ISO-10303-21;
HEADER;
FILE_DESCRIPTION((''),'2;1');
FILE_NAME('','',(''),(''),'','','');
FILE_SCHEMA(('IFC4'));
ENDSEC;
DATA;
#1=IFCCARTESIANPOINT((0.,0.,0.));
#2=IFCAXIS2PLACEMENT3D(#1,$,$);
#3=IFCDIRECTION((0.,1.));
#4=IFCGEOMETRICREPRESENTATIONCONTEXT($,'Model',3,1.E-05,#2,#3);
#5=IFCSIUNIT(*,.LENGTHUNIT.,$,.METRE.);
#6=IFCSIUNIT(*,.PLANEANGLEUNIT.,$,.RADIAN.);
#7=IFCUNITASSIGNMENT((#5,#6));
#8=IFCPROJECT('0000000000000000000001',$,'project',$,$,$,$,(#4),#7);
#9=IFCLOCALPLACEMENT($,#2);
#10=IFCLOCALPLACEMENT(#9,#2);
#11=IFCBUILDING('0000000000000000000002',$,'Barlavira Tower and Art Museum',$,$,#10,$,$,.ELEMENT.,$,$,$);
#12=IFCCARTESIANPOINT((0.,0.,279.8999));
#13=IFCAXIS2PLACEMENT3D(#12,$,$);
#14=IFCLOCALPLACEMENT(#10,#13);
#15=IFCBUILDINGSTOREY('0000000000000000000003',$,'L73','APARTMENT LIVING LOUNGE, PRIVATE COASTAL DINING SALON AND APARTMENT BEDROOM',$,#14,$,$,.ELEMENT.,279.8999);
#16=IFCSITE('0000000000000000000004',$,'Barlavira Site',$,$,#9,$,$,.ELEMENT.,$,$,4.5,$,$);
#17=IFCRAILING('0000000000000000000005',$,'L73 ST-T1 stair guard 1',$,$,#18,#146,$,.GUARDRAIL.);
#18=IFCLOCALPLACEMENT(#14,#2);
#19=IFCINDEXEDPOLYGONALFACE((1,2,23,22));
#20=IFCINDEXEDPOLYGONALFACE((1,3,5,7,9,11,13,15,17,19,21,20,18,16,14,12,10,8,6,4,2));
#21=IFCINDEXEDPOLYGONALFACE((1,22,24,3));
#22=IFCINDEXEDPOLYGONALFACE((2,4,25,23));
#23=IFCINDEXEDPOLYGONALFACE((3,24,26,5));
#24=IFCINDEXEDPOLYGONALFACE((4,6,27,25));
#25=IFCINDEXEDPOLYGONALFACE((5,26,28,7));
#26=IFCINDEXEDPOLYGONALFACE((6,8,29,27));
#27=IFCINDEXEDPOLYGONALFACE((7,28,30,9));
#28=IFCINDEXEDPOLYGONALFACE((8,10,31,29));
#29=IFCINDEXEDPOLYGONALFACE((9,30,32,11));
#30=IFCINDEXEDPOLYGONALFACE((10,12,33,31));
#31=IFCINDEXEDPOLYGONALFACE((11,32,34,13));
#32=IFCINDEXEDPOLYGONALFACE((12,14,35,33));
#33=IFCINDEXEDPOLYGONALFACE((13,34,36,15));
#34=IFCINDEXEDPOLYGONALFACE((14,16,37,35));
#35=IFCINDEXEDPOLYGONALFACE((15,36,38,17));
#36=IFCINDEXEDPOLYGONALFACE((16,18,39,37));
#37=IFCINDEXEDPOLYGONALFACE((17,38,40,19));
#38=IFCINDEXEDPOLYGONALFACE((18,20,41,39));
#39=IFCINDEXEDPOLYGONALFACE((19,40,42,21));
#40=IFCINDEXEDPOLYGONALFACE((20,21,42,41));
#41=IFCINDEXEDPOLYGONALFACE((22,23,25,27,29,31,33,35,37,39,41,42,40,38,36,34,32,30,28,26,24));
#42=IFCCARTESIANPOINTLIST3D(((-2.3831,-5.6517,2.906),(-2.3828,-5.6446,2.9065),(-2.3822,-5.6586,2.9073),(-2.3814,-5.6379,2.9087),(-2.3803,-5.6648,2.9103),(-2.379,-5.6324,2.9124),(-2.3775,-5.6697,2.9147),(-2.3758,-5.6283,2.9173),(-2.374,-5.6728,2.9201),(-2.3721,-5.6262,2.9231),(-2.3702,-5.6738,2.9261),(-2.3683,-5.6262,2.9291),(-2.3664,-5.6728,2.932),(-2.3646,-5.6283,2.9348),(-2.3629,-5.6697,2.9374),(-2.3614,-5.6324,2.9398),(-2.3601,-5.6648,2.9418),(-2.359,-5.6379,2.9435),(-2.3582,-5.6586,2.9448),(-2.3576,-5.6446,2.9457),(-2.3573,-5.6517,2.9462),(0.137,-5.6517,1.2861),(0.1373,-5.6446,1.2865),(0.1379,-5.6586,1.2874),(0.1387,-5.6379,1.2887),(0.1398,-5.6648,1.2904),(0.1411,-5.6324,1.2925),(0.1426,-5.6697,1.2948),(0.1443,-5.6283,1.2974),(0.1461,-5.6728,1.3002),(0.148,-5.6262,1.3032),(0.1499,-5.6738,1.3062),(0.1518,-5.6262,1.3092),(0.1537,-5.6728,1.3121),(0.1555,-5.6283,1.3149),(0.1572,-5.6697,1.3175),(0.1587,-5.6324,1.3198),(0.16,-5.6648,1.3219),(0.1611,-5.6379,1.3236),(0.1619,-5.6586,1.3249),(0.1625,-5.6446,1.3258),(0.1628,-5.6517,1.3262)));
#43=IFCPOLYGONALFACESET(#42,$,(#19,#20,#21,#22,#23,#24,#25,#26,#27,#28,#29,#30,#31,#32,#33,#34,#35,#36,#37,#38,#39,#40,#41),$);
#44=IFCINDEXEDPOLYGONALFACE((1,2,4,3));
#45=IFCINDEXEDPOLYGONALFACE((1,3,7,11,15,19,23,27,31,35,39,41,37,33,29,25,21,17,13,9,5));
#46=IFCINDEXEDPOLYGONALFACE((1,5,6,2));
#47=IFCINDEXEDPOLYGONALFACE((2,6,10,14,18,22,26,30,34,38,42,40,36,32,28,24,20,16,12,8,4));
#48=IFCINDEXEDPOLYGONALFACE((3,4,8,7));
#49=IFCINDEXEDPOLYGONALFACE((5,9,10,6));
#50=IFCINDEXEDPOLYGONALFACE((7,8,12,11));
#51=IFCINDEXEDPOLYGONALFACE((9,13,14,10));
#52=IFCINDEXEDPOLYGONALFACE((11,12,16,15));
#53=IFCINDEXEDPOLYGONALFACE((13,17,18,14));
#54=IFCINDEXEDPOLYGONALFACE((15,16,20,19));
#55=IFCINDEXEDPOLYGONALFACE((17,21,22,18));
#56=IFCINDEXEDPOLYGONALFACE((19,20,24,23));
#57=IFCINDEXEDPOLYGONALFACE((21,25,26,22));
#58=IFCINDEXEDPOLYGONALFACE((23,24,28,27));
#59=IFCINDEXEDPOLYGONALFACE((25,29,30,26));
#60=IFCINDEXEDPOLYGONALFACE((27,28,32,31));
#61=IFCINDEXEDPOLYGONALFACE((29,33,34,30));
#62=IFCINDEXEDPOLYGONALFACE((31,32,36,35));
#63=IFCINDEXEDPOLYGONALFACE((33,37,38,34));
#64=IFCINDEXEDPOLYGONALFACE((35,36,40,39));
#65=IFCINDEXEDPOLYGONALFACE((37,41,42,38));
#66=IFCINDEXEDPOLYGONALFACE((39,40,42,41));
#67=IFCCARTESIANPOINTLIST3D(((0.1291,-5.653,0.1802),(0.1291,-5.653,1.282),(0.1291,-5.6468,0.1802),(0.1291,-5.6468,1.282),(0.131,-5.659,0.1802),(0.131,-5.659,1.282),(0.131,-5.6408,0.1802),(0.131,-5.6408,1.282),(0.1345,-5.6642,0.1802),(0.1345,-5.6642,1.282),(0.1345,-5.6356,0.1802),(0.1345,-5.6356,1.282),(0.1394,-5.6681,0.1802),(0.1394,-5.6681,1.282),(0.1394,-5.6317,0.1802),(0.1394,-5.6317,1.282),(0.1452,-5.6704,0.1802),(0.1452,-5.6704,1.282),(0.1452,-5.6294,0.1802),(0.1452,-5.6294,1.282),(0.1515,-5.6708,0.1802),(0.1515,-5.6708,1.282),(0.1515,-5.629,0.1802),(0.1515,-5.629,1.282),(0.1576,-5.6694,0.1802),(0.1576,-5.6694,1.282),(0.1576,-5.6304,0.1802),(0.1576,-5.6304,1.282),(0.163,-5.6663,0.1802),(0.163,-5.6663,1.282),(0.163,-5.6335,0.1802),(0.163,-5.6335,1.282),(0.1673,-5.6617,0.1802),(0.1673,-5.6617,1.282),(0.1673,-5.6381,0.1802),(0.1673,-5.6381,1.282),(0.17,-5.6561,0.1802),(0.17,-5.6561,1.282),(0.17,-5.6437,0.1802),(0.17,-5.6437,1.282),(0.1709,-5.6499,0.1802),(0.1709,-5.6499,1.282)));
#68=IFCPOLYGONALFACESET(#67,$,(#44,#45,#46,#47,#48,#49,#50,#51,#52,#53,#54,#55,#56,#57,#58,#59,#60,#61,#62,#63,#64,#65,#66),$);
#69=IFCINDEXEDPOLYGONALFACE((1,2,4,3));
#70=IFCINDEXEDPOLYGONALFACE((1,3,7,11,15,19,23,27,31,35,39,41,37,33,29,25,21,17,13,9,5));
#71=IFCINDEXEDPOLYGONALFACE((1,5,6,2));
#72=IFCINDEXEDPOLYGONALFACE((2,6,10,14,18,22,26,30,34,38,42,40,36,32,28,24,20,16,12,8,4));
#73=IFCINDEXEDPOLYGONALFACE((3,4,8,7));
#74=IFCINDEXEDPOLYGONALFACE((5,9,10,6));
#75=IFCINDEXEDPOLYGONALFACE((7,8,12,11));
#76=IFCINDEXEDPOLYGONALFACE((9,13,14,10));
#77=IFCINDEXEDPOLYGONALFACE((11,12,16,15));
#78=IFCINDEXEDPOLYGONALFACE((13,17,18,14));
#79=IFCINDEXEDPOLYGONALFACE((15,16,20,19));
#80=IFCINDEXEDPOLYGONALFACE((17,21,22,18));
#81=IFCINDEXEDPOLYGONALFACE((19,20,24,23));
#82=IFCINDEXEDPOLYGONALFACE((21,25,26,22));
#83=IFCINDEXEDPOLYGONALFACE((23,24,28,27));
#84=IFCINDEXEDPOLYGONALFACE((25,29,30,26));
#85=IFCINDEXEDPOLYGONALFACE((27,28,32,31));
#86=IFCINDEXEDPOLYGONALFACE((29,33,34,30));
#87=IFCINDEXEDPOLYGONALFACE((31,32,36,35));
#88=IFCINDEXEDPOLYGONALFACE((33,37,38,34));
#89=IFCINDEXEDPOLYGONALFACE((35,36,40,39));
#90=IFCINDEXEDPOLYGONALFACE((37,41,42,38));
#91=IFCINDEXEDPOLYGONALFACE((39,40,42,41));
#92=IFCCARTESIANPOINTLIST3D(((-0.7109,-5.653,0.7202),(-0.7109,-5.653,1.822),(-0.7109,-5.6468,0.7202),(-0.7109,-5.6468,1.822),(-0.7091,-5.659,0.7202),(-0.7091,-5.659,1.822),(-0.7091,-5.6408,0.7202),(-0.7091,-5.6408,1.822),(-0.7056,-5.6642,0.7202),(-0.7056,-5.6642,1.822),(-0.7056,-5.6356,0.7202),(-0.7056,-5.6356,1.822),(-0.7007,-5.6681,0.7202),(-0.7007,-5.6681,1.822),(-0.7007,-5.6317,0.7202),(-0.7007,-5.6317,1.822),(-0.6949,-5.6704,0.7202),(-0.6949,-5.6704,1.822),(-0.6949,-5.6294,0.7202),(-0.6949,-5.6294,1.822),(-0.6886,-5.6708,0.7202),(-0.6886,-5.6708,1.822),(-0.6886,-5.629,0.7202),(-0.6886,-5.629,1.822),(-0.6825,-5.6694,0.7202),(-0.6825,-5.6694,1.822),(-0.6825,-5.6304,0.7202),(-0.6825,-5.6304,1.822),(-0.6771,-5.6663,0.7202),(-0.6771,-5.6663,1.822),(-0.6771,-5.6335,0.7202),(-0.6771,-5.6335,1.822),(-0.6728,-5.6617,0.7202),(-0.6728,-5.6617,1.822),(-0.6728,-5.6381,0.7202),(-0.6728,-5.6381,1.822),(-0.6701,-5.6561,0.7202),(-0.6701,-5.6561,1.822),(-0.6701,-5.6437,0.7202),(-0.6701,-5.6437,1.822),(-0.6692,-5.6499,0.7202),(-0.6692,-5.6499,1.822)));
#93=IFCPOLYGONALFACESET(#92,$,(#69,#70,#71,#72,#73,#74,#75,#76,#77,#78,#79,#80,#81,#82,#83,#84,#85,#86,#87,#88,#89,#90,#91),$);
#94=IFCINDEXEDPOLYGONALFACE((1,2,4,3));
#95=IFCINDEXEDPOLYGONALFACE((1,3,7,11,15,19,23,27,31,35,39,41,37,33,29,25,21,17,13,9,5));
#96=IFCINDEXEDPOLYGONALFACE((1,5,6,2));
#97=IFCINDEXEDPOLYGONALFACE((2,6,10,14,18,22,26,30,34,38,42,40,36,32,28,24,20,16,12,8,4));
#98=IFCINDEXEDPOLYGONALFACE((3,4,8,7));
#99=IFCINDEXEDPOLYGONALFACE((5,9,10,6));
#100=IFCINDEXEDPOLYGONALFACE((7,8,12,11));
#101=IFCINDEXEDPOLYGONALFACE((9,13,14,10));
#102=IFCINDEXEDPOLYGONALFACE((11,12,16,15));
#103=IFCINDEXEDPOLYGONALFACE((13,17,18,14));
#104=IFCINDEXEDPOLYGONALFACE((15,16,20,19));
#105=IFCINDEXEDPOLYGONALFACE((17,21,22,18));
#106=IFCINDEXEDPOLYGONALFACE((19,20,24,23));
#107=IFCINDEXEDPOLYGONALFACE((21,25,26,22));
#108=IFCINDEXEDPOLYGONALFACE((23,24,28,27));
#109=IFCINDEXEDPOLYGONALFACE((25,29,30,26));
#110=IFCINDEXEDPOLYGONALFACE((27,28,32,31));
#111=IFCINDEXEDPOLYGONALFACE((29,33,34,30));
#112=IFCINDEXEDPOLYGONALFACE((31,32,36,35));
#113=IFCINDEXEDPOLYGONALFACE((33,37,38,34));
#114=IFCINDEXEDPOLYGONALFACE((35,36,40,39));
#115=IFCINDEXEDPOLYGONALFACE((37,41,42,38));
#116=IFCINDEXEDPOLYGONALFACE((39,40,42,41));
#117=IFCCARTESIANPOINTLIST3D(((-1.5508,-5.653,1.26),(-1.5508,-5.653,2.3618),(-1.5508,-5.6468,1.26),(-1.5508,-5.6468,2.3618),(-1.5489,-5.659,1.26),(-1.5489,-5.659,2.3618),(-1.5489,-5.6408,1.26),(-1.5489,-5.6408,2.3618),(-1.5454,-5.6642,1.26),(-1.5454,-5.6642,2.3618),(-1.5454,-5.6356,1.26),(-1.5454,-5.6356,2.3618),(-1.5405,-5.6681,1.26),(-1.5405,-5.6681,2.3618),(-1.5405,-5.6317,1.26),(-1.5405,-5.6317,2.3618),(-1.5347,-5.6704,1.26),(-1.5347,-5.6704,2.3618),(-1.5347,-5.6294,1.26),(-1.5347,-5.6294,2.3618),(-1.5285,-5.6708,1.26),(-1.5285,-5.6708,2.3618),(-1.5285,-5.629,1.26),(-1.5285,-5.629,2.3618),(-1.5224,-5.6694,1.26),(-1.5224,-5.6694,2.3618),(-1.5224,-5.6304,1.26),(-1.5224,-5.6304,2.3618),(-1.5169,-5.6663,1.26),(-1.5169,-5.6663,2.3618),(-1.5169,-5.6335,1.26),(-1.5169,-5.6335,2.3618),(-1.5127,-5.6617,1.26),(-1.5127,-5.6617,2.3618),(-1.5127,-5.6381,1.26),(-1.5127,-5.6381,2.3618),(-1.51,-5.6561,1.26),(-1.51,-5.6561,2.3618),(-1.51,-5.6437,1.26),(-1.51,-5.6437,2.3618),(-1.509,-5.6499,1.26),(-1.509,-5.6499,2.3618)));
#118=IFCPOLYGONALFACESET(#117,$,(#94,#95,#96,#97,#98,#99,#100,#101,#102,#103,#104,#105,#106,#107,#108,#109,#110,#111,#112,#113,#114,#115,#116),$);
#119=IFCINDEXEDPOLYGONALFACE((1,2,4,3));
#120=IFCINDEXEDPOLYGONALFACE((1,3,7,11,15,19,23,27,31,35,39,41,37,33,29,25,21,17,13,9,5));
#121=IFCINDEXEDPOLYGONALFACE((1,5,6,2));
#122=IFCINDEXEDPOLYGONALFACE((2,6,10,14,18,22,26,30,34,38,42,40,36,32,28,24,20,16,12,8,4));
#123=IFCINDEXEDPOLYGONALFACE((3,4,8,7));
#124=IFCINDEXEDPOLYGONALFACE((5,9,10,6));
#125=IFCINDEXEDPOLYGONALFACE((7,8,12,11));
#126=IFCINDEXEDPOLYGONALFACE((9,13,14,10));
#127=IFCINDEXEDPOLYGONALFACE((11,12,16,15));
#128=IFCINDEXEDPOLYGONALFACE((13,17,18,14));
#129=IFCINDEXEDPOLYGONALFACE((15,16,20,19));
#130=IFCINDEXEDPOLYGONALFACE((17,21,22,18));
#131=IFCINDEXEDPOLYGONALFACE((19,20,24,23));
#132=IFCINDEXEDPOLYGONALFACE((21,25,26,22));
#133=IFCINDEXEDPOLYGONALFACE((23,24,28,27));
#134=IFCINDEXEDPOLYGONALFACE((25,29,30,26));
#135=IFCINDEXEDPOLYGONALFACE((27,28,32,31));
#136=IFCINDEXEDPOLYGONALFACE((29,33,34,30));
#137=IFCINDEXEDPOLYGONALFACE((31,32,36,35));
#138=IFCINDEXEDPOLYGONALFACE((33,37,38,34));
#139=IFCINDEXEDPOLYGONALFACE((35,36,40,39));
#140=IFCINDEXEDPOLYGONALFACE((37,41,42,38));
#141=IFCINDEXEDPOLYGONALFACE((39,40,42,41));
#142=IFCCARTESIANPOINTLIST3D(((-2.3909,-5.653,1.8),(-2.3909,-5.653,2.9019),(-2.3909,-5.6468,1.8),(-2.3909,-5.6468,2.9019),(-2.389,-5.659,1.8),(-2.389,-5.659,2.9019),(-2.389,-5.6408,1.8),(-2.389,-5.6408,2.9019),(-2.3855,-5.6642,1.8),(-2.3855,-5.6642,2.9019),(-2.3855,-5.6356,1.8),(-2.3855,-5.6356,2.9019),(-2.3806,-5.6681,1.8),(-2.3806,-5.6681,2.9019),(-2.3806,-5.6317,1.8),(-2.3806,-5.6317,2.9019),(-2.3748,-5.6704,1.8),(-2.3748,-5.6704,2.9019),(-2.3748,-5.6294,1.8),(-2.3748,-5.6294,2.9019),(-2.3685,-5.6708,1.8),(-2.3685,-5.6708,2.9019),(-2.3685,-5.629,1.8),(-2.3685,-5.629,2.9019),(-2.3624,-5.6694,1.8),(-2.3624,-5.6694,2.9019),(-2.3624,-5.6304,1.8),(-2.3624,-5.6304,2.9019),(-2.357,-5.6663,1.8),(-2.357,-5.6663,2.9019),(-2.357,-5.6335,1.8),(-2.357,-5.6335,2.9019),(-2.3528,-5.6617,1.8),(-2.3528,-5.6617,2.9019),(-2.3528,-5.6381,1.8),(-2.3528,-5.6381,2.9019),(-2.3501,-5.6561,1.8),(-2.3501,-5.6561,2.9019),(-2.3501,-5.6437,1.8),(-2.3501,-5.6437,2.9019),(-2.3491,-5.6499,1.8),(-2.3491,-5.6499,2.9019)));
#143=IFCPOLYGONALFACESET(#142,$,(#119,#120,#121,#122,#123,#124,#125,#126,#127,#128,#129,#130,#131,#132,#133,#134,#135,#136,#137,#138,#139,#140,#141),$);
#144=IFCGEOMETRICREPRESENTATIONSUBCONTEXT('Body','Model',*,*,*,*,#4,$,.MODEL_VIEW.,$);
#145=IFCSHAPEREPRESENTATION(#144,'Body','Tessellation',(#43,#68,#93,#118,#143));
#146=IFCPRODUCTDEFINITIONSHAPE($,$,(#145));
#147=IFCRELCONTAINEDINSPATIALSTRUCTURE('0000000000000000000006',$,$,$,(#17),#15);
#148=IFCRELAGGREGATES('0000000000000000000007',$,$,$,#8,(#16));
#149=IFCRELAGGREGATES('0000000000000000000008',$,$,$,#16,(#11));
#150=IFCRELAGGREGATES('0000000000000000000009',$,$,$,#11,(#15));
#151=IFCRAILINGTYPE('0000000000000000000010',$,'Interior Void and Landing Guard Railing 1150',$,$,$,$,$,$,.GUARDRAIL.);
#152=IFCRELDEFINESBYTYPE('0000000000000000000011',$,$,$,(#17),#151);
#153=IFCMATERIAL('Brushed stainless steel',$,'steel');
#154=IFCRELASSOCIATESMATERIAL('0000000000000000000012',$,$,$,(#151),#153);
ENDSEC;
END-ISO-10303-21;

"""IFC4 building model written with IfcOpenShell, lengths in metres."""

from ifc_helpers import new_model, si_unit, direction, frame, origin, origin_2d, place, context, subcontext, project, spatial, circle, extrude, material, type_object, element, save


model = new_model("IFC4")

# Units and contexts
model_context = context("Model", 3, precision=1e-05, world=origin(), true_north=direction((0.0, 1.0)))
body_context = subcontext(model_context, "Body", "Model", "MODEL_VIEW")
ifc_project = project(units=[si_unit("LENGTHUNIT", "METRE"), si_unit("PLANEANGLEUNIT", "RADIAN")], contexts=[model_context])

# Site, building, storey
site_placement = place(None, origin())
site = spatial("IfcSite", under=ifc_project, at=site_placement, Name="Barlavira Site", CompositionType="ELEMENT", RefElevation=4.5)
building_placement = place(site_placement, origin())
building = spatial("IfcBuilding", under=site, at=building_placement, Name="Barlavira Tower and Art Museum", CompositionType="ELEMENT")
storey_placement = place(building_placement, frame((0.0, 0.0, 279.8999)))
storey = spatial("IfcBuildingStorey", under=building, at=storey_placement, Name="L73", Description="APARTMENT LIVING LOUNGE, PRIVATE COASTAL DINING SALON AND APARTMENT BEDROOM", CompositionType="ELEMENT", Elevation=279.8999)

# Shared definitions
ifc_material_1 = material(Name="Brushed stainless steel", Category="steel")

# Railing
railing_type_1 = type_object("IfcRailingType", Name="Interior Void and Landing Guard Railing 1150", PredefinedType="GUARDRAIL", material=ifc_material_1)
railing_1_placement = place(storey_placement, frame((0.1499, -5.6499, 0.1802)))
element("IfcRailing", 1, at=railing_1_placement, inside=storey, type_object=railing_type_1, Name="L73 ST-T1 stair guard 1", PredefinedType="GUARDRAIL", context=body_context, shape_type="SweptSolid", body=[
    extrude(circle(Radius=0.0239, at=origin_2d()), frame((0.0, 0.0, 1.126), z_axis=(-0.8412, 0.0, 0.540725), x_axis=(0.0, -1.0, 0.0)), (0.0, 0.0, 1.0), 2.9958),
    extrude(circle(Radius=0.021, at=origin_2d()), origin(), (0.0, 0.0, 1.0), 1.1018),
    extrude(circle(Radius=0.021, at=origin_2d()), frame((-0.8401, 0.0, 0.54)), (0.0, 0.0, 1.0), 1.1018),
    extrude(circle(Radius=0.021, at=origin_2d()), frame((-1.6799, 0.0, 1.0798)), (0.0, 0.0, 1.0), 1.1018),
    extrude(circle(Radius=0.021, at=origin_2d()), frame((-2.52, 0.0, 1.6199)), (0.0, 0.0, 1.0), 1.1018),
])

save(model, "model.ifc")
